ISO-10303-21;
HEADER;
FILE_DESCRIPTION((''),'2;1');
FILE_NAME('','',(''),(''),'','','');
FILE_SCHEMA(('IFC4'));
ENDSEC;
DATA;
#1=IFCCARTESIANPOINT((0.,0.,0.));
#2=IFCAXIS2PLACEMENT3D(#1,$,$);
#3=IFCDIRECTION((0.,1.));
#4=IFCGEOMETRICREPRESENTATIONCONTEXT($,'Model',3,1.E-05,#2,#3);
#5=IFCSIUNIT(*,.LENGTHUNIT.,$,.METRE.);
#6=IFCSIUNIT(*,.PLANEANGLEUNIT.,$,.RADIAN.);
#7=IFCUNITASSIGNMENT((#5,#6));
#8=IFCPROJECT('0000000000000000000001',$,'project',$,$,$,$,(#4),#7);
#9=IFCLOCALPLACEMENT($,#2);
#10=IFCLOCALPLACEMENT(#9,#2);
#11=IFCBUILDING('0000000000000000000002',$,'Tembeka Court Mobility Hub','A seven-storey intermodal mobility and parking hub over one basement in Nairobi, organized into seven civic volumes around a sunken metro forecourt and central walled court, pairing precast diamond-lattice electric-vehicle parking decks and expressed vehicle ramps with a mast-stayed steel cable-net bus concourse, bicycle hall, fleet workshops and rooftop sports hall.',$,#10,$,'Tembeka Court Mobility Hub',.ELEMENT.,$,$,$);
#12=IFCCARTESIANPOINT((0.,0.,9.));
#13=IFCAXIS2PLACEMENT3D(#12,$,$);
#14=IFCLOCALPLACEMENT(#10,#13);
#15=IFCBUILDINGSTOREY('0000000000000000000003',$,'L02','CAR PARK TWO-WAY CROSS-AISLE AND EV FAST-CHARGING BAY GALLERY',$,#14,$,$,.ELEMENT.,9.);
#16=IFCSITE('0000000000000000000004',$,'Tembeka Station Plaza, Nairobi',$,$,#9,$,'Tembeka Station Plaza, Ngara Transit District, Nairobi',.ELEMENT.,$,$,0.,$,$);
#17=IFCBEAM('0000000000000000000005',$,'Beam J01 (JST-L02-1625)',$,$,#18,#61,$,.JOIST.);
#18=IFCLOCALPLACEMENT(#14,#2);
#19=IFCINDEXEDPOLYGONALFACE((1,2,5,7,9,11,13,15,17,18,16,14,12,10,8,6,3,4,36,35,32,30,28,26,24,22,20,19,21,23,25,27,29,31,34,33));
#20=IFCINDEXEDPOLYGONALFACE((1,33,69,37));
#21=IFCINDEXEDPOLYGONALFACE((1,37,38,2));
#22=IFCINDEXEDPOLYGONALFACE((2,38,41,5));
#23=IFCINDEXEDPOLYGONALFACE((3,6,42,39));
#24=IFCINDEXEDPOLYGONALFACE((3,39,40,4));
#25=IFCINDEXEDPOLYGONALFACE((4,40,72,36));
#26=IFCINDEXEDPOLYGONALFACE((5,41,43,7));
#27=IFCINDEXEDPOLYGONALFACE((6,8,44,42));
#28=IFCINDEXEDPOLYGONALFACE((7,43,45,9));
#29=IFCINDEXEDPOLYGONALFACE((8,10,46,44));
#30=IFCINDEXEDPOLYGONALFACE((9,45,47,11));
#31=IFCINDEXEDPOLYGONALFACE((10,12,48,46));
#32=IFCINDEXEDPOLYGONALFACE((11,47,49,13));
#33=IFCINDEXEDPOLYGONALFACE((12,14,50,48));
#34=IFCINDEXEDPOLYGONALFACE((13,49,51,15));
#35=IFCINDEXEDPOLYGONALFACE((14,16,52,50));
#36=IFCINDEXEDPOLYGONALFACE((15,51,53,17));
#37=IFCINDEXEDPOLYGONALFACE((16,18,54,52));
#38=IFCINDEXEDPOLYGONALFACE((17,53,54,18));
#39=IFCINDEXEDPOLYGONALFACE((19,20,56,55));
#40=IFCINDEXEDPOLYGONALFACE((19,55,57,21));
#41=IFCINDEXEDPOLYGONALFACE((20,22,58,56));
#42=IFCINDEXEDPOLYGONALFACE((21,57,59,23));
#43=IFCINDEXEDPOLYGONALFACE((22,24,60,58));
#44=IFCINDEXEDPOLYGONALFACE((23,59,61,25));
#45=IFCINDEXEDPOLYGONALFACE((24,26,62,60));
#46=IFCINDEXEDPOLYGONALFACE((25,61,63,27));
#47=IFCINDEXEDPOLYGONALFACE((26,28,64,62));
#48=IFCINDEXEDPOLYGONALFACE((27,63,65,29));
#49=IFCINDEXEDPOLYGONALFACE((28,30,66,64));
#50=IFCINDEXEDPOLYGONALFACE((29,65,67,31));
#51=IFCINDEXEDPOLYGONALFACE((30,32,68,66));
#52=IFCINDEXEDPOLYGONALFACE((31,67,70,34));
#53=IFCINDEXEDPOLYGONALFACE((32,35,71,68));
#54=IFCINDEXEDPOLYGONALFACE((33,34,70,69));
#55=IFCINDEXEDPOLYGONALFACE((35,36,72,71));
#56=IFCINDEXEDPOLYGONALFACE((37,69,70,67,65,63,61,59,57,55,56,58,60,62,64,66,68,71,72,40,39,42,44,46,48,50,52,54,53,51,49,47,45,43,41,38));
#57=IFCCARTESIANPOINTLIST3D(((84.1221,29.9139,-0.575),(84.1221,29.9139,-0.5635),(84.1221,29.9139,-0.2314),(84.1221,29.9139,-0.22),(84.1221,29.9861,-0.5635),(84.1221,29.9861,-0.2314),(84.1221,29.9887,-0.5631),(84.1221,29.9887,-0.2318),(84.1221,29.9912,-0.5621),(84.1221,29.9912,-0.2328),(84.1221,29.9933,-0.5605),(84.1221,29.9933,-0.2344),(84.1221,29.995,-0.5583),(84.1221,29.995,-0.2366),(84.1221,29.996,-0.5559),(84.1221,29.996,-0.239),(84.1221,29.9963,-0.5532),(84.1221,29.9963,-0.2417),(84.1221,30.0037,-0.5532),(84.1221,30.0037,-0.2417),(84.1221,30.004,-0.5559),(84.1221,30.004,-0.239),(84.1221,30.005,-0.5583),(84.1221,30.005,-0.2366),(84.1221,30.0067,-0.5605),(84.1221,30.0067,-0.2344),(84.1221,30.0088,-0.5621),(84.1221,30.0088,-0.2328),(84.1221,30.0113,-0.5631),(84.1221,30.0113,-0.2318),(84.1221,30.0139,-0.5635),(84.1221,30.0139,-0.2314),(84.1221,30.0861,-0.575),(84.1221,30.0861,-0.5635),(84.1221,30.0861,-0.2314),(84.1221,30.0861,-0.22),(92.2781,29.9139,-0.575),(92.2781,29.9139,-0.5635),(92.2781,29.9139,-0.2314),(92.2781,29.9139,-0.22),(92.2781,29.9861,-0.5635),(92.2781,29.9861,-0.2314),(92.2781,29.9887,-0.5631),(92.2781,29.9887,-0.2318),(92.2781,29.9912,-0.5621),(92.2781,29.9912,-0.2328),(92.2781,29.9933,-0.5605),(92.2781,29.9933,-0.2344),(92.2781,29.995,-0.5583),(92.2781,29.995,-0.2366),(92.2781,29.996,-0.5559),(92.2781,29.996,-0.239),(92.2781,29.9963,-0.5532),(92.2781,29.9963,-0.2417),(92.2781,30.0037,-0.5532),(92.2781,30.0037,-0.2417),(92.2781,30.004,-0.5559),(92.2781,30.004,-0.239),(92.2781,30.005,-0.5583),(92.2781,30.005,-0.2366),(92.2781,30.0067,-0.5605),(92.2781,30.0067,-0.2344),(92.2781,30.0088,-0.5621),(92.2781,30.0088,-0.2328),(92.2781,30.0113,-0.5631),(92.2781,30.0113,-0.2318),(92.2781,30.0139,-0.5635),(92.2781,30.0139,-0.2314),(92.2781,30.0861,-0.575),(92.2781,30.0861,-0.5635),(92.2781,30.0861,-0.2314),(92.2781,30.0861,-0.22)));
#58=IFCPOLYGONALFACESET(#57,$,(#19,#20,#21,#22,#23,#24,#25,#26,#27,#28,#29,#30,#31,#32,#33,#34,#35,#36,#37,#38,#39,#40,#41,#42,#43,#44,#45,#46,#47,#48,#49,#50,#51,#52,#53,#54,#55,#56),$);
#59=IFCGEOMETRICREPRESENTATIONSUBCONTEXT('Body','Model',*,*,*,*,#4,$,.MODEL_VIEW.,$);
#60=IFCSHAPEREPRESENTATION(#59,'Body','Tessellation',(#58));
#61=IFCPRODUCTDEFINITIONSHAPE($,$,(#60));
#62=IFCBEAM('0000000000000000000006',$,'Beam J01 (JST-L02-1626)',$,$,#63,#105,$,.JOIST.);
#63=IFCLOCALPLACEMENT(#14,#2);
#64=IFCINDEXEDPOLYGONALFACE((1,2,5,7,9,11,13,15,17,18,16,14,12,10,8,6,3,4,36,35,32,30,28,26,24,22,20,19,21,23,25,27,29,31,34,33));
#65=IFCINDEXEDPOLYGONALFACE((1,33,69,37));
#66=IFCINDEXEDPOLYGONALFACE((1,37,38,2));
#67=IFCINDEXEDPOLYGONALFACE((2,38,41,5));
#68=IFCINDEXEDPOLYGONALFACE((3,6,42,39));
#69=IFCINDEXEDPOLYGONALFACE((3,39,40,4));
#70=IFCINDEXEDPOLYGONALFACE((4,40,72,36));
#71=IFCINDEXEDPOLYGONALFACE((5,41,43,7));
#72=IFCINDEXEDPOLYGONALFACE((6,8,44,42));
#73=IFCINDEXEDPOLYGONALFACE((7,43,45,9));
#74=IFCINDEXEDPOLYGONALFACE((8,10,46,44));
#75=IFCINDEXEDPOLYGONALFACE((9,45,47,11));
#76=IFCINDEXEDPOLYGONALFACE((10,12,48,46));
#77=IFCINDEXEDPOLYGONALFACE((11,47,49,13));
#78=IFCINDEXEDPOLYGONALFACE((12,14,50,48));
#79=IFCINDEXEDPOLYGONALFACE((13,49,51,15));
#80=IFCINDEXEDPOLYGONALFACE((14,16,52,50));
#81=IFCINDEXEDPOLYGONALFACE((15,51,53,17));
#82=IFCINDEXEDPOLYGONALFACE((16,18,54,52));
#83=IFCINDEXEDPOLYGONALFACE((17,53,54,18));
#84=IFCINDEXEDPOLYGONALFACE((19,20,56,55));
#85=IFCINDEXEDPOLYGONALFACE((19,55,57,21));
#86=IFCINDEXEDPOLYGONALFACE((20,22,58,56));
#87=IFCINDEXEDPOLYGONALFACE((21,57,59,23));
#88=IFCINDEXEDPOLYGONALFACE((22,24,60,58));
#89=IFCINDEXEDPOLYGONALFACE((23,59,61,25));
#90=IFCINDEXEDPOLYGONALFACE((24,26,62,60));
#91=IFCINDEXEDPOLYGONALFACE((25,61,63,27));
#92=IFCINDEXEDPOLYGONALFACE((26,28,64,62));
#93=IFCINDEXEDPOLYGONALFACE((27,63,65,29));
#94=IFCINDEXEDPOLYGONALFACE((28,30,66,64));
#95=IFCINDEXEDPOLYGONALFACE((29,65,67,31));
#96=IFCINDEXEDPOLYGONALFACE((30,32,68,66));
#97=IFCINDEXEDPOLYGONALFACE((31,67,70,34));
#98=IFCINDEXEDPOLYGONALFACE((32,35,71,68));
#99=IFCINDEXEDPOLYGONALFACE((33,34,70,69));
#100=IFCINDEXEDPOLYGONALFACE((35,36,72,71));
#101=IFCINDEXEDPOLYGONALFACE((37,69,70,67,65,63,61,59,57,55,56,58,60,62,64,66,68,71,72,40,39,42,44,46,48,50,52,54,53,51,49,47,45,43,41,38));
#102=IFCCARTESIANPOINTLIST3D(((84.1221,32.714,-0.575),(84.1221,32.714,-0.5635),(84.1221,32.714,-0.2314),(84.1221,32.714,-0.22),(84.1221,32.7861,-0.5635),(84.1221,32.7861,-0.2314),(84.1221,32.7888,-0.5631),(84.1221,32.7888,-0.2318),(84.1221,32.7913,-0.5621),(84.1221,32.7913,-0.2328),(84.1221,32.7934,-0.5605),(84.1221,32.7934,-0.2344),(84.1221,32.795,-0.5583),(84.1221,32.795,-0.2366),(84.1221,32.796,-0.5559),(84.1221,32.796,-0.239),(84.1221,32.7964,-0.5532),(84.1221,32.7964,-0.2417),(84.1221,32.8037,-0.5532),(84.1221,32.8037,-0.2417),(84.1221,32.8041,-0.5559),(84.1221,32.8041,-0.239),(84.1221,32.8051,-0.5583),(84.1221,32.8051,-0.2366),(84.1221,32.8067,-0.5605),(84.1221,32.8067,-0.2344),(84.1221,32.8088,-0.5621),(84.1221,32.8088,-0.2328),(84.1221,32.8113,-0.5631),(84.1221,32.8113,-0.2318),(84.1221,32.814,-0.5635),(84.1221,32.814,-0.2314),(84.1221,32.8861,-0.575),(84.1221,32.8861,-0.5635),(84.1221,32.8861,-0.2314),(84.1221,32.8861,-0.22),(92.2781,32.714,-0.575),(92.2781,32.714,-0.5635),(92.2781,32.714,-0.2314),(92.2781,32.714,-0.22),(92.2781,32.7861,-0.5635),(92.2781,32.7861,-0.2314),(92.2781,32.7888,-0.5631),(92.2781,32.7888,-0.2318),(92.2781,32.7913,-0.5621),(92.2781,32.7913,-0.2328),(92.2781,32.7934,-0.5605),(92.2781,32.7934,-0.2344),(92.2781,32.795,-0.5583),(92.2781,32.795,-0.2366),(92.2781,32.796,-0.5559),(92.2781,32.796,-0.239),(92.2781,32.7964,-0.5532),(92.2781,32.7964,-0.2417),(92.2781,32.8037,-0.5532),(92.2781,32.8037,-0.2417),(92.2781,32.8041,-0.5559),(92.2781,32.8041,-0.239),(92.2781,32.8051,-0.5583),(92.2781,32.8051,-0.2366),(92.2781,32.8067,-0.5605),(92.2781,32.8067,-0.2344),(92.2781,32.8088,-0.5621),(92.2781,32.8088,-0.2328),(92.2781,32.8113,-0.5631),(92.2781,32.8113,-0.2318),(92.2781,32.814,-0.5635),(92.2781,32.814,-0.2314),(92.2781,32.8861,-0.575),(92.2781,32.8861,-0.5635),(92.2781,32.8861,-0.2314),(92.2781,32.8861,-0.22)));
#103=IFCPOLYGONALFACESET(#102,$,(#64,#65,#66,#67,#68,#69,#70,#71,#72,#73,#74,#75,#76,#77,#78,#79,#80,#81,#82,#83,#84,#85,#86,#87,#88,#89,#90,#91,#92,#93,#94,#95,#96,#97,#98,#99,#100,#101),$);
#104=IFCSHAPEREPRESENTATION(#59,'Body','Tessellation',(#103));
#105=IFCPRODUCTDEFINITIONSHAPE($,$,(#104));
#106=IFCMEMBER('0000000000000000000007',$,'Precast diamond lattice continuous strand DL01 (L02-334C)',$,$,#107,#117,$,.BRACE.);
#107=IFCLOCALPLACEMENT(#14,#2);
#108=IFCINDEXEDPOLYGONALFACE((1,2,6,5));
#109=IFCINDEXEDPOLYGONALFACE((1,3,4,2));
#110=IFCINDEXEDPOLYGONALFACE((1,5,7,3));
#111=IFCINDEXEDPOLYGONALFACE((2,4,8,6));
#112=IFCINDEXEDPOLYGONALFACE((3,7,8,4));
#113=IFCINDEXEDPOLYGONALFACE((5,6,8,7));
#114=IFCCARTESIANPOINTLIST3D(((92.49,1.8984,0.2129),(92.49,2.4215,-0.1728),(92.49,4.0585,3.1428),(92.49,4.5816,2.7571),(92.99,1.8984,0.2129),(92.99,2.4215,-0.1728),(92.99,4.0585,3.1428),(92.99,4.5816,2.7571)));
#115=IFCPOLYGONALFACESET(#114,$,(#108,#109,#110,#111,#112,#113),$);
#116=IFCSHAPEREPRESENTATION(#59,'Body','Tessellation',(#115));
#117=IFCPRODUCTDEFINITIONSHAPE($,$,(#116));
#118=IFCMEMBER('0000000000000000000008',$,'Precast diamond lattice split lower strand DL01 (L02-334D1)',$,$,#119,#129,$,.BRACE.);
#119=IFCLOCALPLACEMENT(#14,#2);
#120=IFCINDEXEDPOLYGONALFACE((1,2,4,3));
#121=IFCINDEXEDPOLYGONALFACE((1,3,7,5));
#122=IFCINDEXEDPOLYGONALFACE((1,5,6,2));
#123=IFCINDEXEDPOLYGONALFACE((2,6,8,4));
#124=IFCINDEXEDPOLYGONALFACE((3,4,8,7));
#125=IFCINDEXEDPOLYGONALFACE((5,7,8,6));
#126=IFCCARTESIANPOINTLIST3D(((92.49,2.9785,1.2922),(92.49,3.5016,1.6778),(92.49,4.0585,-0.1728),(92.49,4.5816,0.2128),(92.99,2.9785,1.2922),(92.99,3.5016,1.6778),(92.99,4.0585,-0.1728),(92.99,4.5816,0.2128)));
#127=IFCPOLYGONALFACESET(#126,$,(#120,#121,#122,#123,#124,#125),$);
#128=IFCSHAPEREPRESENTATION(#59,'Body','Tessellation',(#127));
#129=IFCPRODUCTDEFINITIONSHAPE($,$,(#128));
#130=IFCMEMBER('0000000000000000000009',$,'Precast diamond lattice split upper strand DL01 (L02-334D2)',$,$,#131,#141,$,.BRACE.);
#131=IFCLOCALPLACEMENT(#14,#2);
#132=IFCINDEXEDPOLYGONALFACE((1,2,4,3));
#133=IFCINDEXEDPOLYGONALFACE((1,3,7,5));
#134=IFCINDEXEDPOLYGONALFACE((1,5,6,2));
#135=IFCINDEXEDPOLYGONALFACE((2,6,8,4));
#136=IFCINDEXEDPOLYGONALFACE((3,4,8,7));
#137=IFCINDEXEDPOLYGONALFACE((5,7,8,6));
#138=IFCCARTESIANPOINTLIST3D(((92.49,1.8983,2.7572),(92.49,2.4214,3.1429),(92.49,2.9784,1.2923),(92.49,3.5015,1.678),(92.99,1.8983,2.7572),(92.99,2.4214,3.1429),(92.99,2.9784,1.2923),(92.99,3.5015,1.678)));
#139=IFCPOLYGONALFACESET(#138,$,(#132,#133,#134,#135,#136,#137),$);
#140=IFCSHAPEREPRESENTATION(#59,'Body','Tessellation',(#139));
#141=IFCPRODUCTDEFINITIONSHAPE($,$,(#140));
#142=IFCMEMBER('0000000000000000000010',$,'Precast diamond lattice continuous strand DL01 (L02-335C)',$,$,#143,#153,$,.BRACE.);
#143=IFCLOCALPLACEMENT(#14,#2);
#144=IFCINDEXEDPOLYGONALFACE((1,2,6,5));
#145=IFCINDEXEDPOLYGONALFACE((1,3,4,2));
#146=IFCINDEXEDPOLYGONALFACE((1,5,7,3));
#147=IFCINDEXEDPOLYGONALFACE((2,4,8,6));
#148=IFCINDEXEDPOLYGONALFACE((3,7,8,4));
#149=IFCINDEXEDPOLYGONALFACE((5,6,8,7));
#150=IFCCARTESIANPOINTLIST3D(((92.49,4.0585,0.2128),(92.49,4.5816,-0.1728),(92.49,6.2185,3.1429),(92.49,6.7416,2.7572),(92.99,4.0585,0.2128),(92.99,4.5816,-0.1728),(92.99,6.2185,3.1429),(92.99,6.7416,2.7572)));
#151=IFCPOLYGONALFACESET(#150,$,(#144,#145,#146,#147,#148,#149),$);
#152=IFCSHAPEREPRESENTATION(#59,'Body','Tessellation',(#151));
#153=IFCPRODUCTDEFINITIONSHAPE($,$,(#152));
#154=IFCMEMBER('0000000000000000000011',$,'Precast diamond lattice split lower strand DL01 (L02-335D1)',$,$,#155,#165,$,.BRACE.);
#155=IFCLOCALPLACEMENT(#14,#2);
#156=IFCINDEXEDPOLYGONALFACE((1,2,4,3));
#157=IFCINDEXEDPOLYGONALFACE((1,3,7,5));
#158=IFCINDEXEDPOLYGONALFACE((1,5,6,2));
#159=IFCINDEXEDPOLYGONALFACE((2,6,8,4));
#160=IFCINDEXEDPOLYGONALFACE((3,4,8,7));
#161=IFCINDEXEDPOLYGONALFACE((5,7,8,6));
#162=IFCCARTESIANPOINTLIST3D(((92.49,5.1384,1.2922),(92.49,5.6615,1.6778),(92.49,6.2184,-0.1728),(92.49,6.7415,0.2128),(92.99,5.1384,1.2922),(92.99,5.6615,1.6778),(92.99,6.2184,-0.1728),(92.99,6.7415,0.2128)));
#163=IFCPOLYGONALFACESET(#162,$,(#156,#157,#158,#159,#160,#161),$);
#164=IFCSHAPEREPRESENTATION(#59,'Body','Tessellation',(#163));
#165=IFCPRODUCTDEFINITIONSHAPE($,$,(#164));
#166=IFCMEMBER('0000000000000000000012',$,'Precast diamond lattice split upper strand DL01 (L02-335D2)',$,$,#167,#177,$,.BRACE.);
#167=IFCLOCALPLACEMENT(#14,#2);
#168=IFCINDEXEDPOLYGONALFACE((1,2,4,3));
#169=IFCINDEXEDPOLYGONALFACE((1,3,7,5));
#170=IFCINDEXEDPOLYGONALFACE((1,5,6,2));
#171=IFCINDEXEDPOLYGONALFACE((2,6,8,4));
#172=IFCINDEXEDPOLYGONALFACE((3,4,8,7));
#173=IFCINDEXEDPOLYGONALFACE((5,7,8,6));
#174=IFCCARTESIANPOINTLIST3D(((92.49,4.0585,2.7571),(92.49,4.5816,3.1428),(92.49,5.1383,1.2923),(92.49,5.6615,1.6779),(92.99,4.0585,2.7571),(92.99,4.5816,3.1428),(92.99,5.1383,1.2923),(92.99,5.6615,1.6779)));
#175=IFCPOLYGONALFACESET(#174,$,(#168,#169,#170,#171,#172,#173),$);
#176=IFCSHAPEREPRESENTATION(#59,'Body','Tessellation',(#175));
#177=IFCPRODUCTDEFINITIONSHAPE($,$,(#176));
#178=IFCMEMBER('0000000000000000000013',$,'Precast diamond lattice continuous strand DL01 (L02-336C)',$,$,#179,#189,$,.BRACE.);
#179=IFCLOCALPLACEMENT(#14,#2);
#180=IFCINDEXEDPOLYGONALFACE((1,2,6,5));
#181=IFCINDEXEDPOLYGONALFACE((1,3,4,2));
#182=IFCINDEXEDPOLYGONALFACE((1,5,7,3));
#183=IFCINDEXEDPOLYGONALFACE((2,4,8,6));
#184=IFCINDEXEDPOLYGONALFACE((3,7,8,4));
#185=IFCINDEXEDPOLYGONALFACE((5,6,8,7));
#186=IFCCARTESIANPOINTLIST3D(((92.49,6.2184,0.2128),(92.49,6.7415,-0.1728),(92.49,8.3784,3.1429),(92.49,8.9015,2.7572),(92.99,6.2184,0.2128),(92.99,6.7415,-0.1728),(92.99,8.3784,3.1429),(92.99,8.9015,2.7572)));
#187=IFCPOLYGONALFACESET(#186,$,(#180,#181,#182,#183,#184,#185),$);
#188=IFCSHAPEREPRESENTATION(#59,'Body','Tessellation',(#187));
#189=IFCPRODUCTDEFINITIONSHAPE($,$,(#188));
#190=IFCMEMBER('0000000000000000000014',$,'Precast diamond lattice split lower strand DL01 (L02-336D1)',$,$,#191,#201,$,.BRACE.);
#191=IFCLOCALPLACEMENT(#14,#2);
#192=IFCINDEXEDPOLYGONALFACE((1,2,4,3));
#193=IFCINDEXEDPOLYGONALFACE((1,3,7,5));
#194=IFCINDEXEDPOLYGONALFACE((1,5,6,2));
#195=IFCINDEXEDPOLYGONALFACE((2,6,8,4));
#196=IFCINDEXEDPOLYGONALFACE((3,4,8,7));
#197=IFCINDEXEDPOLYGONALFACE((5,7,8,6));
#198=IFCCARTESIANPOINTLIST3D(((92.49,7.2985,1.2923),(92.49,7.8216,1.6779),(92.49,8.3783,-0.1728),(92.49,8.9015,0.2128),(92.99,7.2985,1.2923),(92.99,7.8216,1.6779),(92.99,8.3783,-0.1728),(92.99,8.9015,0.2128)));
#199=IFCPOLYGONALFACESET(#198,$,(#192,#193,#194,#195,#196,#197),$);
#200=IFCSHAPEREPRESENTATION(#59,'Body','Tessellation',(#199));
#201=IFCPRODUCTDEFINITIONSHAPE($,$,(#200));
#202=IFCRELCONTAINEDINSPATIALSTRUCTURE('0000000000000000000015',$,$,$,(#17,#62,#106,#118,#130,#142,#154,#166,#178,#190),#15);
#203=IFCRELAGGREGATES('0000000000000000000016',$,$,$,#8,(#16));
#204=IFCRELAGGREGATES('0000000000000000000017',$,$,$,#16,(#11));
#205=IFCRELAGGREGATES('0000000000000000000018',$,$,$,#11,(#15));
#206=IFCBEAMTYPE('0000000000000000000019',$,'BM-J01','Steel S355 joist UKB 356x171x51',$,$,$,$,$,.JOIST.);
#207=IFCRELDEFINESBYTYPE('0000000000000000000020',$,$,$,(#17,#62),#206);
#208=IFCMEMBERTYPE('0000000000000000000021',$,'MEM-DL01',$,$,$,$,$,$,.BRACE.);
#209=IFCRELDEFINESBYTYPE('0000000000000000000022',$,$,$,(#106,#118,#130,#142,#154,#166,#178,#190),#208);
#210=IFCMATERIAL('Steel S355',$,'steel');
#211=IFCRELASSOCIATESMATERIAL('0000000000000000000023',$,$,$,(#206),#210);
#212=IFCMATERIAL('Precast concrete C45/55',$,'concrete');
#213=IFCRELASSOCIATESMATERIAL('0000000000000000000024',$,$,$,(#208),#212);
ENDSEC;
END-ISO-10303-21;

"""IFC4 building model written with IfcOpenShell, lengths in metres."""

from ifc_helpers import new_model, si_unit, direction, frame, origin, origin_2d, place, context, subcontext, project, spatial, rectangle, i_section, extrude, material, material_profile, profile_set, type_object, element, save


model = new_model("IFC4")

# Units and contexts
model_context = context("Model", 3, precision=1e-05, world=origin(), true_north=direction((0.0, 1.0)))
body_context = subcontext(model_context, "Body", "Model", "MODEL_VIEW")
ifc_project = project(units=[si_unit("LENGTHUNIT", "METRE"), si_unit("PLANEANGLEUNIT", "RADIAN")], contexts=[model_context])

# Site, building, storey
site_placement = place(None, origin())
site = spatial("IfcSite", under=ifc_project, at=site_placement, Name="Tembeka Station Plaza, Nairobi", LongName="Tembeka Station Plaza, Ngara Transit District, Nairobi", CompositionType="ELEMENT", RefElevation=0.0)
building_placement = place(site_placement, origin())
building = spatial("IfcBuilding", under=site, at=building_placement, Name="Tembeka Court Mobility Hub", Description="A seven-storey intermodal mobility and parking hub over one basement in Nairobi, organized into seven civic volumes around a sunken metro forecourt and central walled court, pairing precast diamond-lattice electric-vehicle parking decks and expressed vehicle ramps with a mast-stayed steel cable-net bus concourse, bicycle hall, fleet workshops and rooftop sports hall.", LongName="Tembeka Court Mobility Hub", CompositionType="ELEMENT")
storey_placement = place(building_placement, frame((0.0, 0.0, 9.0)))
storey = spatial("IfcBuildingStorey", under=building, at=storey_placement, Name="L02", Description="CAR PARK TWO-WAY CROSS-AISLE AND EV FAST-CHARGING BAY GALLERY", CompositionType="ELEMENT", Elevation=9.0)

# Shared definitions
ifc_material_1 = material(Name="Steel S355", Category="steel")

# Beams
ifc_material_profile_1 = material_profile(ifc_material_1, i_section(OverallWidth=0.1721, OverallDepth=0.355, WebThickness=0.0073, FlangeThickness=0.0115, FilletRadius=0.0103, at=origin_2d()), Name="UKB 356x171x51")
ifc_profile_set_1 = profile_set([ifc_material_profile_1], Name="Steel S355")
beam_type_1 = type_object("IfcBeamType", Name="BM-J01", Description="Steel S355 joist UKB 356x171x51", PredefinedType="JOIST", material=ifc_profile_set_1)
for number, where, z_axis, x_axis, name in (
    (1, (84.1221, 30.0, -0.3975), (1.0, 0.0, 0.0), (0.0, 1.0, 0.0), "Beam J01 (JST-L02-1625)"),
    (2, (84.1221, 32.8, -0.3975), (1.0, 0.0, 0.0), (0.0, 1.0, 0.0), "Beam J01 (JST-L02-1626)"),
):
    element("IfcBeam", number, at=place(storey_placement, frame(where, z_axis=z_axis, x_axis=x_axis)), inside=storey, type_object=beam_type_1, Name=name, PredefinedType="JOIST", context=body_context, shape_type="SweptSolid", body=[
        extrude(i_section(OverallWidth=0.1721, OverallDepth=0.355, WebThickness=0.0073, FlangeThickness=0.0115, FilletRadius=0.0103, at=origin_2d()), origin(), (0.0, 0.0, 1.0), 8.156),
    ])

# Members
ifc_material_2 = material(Name="Precast concrete C45/55", Category="concrete")
ifc_material_profile_2 = material_profile(ifc_material_2, rectangle(XDim=0.5, YDim=0.6499, at=origin_2d()), Name="PC-DIAG 500x650")
ifc_profile_set_2 = profile_set([ifc_material_profile_2], Name="Precast concrete C45/55")
member_type_1 = type_object("IfcMemberType", Name="MEM-DL01", PredefinedType="BRACE", material=ifc_profile_set_2)
member_1_placement = place(storey_placement, frame((92.74, 2.1599, 0.02), z_axis=(0.0, 0.593423, 0.804891), x_axis=(-1.0, 0.0, 0.0)))
element("IfcMember", 3, at=member_1_placement, inside=storey, type_object=member_type_1, Name="Precast diamond lattice continuous strand DL01 (L02-334C)", PredefinedType="BRACE", context=body_context, shape_type="SweptSolid", body=[
    extrude(rectangle(XDim=0.5, YDim=0.6499, at=origin_2d()), origin(), (0.0, 0.0, 1.0), 3.6401),
])
for number, where, z_axis, x_axis, name in (
    (4, (92.74, 4.3201, 0.02), (0.0, -0.593391, 0.804914), (1.0, 0.0, 0.0), "Precast diamond lattice split lower strand DL01 (L02-334D1)"),
    (5, (92.74, 3.24, 1.4851), (0.0, -0.593455, 0.804867), (1.0, 0.0, 0.0), "Precast diamond lattice split upper strand DL01 (L02-334D2)"),
):
    element("IfcMember", number, at=place(storey_placement, frame(where, z_axis=z_axis, x_axis=x_axis)), inside=storey, type_object=member_type_1, Name=name, PredefinedType="BRACE", context=body_context, shape_type="SweptSolid", body=[
        extrude(rectangle(XDim=0.5, YDim=0.6499, at=origin_2d()), origin(), (0.0, 0.0, 1.0), 1.8201),
    ])
member_2_placement = place(storey_placement, frame((92.74, 4.3201, 0.02), z_axis=(0.0, 0.59338, 0.804923), x_axis=(-1.0, 0.0, 0.0)))
element("IfcMember", 6, at=member_2_placement, inside=storey, type_object=member_type_1, Name="Precast diamond lattice continuous strand DL01 (L02-335C)", PredefinedType="BRACE", context=body_context, shape_type="SweptSolid", body=[
    extrude(rectangle(XDim=0.5, YDim=0.6499, at=origin_2d()), origin(), (0.0, 0.0, 1.0), 3.6401),
])
member_3_placement = place(storey_placement, frame((92.74, 6.48, 0.02), z_axis=(0.0, -0.593391, 0.804914), x_axis=(1.0, 0.0, 0.0)))
element("IfcMember", 7, at=member_3_placement, inside=storey, type_object=member_type_1, Name="Precast diamond lattice split lower strand DL01 (L02-335D1)", PredefinedType="BRACE", context=body_context, shape_type="SweptSolid", body=[
    extrude(rectangle(XDim=0.5, YDim=0.6499, at=origin_2d()), origin(), (0.0, 0.0, 1.0), 1.8201),
])
member_4_placement = place(storey_placement, frame((92.74, 5.3999, 1.4851), z_axis=(0.0, -0.593368, 0.804931), x_axis=(1.0, 0.0, 0.0)))
element("IfcMember", 8, at=member_4_placement, inside=storey, type_object=member_type_1, Name="Precast diamond lattice split upper strand DL01 (L02-335D2)", PredefinedType="BRACE", context=body_context, shape_type="SweptSolid", body=[
    extrude(rectangle(XDim=0.5, YDim=0.6499, at=origin_2d()), origin(), (0.0, 0.0, 1.0), 1.8198),
])
member_5_placement = place(storey_placement, frame((92.74, 6.48, 0.02), z_axis=(0.0, 0.59338, 0.804923), x_axis=(-1.0, 0.0, 0.0)))
element("IfcMember", 9, at=member_5_placement, inside=storey, type_object=member_type_1, Name="Precast diamond lattice continuous strand DL01 (L02-336C)", PredefinedType="BRACE", context=body_context, shape_type="SweptSolid", body=[
    extrude(rectangle(XDim=0.5, YDim=0.6499, at=origin_2d()), origin(), (0.0, 0.0, 1.0), 3.6401),
])
for number, where, z_axis, x_axis, name in (
    (10, (92.74, 8.6399, 0.02), (0.0, -0.593304, 0.804978), (1.0, 0.0, 0.0), "Precast diamond lattice split lower strand DL01 (L02-336D1)"),
):
    element("IfcMember", number, at=place(storey_placement, frame(where, z_axis=z_axis, x_axis=x_axis)), inside=storey, type_object=member_type_1, Name=name, PredefinedType="BRACE", context=body_context, shape_type="SweptSolid", body=[
        extrude(rectangle(XDim=0.5, YDim=0.6499, at=origin_2d()), origin(), (0.0, 0.0, 1.0), 1.8201),
    ])

save(model, "model.ifc")
